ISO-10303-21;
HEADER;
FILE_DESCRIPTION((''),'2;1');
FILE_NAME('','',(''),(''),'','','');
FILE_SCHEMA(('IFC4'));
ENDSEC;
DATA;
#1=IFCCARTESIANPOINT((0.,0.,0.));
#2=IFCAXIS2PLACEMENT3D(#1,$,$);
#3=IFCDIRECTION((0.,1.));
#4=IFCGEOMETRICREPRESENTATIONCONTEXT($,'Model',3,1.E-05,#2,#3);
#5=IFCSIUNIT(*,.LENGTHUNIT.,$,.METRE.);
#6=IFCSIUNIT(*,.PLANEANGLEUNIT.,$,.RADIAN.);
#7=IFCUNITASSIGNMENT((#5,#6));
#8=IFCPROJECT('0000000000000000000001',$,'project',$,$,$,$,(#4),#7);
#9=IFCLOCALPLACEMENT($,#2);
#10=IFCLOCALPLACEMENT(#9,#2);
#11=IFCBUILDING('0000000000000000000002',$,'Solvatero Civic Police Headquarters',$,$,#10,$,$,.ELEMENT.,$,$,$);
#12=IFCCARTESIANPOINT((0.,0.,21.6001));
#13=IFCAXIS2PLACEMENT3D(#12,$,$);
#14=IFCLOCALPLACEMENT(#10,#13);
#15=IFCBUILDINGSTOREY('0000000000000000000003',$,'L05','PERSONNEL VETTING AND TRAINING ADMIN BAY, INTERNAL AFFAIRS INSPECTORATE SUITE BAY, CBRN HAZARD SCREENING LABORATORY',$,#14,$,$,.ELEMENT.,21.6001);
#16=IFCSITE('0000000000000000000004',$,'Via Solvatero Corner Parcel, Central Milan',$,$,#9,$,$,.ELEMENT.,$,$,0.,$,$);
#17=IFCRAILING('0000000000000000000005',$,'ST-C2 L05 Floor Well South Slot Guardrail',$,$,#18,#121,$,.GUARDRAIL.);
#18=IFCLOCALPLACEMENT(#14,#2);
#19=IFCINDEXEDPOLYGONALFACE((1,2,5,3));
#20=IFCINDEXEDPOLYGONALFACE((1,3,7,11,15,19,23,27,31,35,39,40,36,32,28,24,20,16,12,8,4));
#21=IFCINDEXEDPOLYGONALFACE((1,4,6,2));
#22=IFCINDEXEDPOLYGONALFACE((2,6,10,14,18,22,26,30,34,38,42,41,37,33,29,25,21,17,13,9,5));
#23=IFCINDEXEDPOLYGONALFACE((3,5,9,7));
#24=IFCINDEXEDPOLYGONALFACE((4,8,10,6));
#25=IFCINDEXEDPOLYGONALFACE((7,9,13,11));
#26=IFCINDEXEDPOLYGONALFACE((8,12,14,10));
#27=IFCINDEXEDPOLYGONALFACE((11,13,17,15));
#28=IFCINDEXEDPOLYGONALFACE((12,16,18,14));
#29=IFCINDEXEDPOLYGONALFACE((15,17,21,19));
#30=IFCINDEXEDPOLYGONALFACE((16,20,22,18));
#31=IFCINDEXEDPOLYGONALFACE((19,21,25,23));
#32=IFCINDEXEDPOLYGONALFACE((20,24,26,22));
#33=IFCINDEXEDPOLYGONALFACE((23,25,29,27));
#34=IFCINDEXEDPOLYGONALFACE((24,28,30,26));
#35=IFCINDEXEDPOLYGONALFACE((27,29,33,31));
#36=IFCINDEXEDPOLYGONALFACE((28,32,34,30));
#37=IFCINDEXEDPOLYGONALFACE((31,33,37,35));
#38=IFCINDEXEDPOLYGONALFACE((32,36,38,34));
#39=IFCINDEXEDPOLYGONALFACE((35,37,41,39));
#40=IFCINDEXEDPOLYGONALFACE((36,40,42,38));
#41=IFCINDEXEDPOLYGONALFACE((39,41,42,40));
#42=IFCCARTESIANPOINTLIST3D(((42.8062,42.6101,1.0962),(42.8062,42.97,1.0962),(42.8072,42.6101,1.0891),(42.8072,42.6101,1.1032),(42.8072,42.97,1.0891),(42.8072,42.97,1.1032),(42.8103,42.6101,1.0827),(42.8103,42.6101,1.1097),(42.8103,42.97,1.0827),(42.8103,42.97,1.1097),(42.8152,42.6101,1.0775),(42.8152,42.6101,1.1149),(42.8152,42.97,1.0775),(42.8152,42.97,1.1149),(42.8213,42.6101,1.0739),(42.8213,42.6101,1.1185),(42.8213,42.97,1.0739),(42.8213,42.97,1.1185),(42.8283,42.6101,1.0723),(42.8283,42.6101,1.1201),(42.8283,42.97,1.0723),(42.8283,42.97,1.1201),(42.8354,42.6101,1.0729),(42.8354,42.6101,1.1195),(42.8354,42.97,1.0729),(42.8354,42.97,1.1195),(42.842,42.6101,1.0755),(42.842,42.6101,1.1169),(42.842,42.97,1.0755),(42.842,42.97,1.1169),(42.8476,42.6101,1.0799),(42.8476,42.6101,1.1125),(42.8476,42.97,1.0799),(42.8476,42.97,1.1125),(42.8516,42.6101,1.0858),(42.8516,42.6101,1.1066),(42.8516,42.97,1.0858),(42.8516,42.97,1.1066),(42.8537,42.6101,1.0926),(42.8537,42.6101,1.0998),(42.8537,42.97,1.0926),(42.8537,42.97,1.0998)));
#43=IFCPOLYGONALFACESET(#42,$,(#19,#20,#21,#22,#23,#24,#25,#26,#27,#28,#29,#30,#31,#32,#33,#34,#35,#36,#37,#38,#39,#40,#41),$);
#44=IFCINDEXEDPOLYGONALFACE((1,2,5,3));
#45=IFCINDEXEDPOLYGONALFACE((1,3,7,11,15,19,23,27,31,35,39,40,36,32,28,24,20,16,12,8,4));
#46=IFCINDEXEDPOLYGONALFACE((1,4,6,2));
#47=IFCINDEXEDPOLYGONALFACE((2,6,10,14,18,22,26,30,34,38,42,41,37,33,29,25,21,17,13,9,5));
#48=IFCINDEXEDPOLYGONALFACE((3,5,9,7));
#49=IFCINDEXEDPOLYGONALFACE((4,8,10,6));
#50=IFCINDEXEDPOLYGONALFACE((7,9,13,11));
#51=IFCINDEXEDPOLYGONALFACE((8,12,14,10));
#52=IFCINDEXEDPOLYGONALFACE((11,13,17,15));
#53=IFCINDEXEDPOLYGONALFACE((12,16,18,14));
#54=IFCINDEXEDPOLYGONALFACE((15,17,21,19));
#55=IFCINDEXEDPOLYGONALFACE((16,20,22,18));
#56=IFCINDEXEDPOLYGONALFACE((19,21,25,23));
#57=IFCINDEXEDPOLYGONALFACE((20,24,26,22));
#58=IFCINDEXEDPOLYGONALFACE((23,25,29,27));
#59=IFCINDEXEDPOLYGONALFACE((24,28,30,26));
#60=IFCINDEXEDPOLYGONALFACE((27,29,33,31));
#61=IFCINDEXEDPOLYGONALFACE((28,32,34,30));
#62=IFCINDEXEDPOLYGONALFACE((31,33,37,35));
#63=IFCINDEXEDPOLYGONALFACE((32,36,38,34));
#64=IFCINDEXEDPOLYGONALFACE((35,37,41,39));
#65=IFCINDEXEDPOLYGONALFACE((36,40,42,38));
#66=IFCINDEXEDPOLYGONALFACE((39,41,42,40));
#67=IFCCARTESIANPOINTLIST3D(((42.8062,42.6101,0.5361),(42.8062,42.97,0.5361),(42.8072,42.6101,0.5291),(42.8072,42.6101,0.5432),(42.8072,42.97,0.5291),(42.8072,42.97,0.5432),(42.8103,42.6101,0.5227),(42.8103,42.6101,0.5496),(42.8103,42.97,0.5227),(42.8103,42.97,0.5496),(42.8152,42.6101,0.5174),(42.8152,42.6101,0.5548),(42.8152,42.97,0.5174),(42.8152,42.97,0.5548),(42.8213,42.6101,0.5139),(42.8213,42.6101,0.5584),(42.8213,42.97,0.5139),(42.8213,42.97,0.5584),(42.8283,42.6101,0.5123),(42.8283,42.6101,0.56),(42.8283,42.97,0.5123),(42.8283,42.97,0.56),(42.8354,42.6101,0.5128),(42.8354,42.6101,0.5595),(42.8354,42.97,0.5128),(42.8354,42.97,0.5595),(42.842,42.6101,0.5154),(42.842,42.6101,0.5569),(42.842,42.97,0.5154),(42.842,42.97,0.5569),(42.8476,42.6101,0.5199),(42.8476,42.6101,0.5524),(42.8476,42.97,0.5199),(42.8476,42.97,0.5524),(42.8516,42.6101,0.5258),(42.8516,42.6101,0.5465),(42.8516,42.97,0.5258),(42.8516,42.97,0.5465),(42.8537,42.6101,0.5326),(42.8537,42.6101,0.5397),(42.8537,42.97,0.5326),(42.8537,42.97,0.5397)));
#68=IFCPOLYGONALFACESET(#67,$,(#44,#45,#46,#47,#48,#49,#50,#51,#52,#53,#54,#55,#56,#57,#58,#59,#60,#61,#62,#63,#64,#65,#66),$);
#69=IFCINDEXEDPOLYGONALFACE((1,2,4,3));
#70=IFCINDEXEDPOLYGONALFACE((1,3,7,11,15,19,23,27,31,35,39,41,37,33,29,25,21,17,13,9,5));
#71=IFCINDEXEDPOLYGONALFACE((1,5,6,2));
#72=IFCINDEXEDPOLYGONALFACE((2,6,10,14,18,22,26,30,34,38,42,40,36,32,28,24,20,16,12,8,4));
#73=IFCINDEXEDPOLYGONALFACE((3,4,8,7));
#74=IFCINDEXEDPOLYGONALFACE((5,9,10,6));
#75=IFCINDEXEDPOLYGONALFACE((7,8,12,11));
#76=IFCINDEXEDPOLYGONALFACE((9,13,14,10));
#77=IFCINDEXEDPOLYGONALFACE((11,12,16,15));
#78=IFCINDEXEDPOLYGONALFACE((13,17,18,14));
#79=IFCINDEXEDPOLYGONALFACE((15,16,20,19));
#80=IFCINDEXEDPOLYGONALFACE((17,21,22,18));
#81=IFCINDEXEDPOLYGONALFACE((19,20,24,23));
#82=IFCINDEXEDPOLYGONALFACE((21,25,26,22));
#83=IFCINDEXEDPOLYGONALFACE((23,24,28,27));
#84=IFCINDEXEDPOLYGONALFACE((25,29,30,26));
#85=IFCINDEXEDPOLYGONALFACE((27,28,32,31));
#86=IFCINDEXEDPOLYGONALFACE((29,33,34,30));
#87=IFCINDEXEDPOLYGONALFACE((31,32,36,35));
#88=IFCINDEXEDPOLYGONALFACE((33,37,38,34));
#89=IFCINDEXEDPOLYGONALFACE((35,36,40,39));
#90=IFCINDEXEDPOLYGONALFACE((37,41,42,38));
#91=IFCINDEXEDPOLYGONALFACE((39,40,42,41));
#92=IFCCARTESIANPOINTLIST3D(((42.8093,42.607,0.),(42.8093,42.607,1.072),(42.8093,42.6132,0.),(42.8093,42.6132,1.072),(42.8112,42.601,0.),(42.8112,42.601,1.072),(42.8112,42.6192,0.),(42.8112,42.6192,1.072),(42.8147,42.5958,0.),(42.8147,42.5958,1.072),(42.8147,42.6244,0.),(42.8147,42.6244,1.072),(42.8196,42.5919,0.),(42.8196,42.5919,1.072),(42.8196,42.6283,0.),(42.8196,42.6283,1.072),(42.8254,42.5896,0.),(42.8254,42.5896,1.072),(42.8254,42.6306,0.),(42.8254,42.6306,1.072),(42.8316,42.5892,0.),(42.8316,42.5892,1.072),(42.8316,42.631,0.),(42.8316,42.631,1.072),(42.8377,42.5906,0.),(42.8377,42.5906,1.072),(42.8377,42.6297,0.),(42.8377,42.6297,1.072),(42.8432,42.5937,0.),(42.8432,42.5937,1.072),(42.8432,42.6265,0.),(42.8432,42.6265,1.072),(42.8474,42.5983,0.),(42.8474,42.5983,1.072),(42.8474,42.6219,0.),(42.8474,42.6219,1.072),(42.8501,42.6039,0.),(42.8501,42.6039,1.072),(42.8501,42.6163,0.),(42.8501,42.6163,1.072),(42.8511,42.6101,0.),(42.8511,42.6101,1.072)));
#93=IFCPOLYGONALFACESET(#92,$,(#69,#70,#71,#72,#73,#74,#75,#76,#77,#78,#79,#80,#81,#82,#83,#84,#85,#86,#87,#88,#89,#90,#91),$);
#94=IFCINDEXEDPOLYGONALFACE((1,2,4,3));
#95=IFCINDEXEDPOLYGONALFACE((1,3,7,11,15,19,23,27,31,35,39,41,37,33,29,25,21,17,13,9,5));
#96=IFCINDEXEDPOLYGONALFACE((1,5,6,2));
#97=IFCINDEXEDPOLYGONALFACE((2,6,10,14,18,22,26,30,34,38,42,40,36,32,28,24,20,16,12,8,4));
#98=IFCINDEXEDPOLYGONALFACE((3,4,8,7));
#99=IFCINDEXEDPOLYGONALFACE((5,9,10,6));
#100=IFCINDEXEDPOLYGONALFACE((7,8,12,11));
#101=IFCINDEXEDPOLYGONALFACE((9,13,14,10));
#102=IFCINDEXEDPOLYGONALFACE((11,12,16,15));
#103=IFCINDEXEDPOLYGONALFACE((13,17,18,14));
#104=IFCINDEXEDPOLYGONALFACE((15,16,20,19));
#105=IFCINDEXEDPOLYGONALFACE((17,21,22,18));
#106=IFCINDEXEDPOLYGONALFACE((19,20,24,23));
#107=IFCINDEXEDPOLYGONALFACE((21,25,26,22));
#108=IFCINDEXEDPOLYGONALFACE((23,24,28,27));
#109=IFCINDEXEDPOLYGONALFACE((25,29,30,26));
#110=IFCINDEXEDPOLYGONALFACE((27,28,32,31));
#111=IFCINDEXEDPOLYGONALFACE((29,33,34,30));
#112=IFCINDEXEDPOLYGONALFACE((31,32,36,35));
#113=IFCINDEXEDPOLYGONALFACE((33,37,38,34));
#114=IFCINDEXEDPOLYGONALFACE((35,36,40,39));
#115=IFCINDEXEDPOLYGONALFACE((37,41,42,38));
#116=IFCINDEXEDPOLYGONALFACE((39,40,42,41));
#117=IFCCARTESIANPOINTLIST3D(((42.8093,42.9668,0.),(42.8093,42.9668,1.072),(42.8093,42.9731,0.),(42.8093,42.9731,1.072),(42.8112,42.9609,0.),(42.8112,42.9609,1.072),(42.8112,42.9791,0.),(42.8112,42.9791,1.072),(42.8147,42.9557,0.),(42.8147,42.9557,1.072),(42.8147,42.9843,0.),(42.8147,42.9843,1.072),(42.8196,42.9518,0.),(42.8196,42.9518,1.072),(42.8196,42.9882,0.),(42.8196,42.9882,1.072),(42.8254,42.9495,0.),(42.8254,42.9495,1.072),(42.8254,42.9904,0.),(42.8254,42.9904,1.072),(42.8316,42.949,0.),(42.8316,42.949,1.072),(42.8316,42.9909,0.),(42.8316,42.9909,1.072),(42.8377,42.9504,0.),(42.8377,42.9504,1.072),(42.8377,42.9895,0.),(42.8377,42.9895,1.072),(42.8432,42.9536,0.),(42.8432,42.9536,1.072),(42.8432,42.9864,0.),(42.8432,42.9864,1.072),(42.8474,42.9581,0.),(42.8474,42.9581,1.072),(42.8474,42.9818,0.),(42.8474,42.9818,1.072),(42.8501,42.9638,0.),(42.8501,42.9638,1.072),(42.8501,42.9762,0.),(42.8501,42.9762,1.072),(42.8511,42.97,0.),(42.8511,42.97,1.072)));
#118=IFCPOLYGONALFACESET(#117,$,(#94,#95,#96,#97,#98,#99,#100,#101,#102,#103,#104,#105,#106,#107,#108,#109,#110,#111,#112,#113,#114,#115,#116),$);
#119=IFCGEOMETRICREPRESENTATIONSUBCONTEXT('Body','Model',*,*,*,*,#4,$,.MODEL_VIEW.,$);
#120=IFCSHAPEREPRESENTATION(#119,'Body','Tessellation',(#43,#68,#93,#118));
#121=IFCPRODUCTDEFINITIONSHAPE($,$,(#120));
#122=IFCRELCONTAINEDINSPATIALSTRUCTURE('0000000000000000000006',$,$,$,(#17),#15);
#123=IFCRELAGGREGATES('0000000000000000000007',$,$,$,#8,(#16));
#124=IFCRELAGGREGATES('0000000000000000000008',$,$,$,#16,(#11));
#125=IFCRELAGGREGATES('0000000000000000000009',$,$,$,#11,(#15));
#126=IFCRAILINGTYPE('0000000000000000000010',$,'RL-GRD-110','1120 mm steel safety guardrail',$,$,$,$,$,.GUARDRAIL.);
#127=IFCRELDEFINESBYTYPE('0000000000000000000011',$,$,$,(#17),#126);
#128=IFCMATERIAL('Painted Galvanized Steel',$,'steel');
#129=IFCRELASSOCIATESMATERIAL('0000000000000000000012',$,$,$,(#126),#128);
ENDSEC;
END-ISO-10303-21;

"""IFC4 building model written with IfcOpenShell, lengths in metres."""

from ifc_helpers import new_model, si_unit, direction, frame, origin, origin_2d, place, context, subcontext, project, spatial, circle, extrude, material, type_object, element, save


model = new_model("IFC4")

# Units and contexts
model_context = context("Model", 3, precision=1e-05, world=origin(), true_north=direction((0.0, 1.0)))
body_context = subcontext(model_context, "Body", "Model", "MODEL_VIEW")
ifc_project = project(units=[si_unit("LENGTHUNIT", "METRE"), si_unit("PLANEANGLEUNIT", "RADIAN")], contexts=[model_context])

# Site, building, storey
site_placement = place(None, origin())
site = spatial("IfcSite", under=ifc_project, at=site_placement, Name="Via Solvatero Corner Parcel, Central Milan", CompositionType="ELEMENT", RefElevation=0.0)
building_placement = place(site_placement, origin())
building = spatial("IfcBuilding", under=site, at=building_placement, Name="Solvatero Civic Police Headquarters", CompositionType="ELEMENT")
storey_placement = place(building_placement, frame((0.0, 0.0, 21.6001)))
storey = spatial("IfcBuildingStorey", under=building, at=storey_placement, Name="L05", Description="PERSONNEL VETTING AND TRAINING ADMIN BAY, INTERNAL AFFAIRS INSPECTORATE SUITE BAY, CBRN HAZARD SCREENING LABORATORY", CompositionType="ELEMENT", Elevation=21.6001)

# Railing
ifc_material_1 = material(Name="Painted Galvanized Steel", Category="steel")
railing_type_1 = type_object("IfcRailingType", Name="RL-GRD-110", Description="1120 mm steel safety guardrail", PredefinedType="GUARDRAIL", material=ifc_material_1)
for number, where, name in (
    (1, (42.8301, 42.6101, 0.0), "ST-C2 L05 Floor Well South Slot Guardrail"),
):
    element("IfcRailing", number, at=place(storey_placement, frame(where)), inside=storey, type_object=railing_type_1, Name=name, PredefinedType="GUARDRAIL", context=body_context, shape_type="SweptSolid", body=[
        extrude(circle(Radius=0.0239, at=origin_2d()), frame((0.0, 0.0, 1.0962), z_axis=(0.0, 1.0, 0.0), x_axis=(-1.0, 0.0, 0.0)), (0.0, 0.0, 1.0), 0.3599),
        extrude(circle(Radius=0.0239, at=origin_2d()), frame((0.0, 0.0, 0.5361), z_axis=(0.0, 1.0, 0.0), x_axis=(-1.0, 0.0, 0.0)), (0.0, 0.0, 1.0), 0.3599),
        extrude(circle(Radius=0.021, at=origin_2d()), origin(), (0.0, 0.0, 1.0), 1.072),
        extrude(circle(Radius=0.021, at=origin_2d()), frame((0.0, 0.3599, 0.0)), (0.0, 0.0, 1.0), 1.072),
    ])

save(model, "model.ifc")
